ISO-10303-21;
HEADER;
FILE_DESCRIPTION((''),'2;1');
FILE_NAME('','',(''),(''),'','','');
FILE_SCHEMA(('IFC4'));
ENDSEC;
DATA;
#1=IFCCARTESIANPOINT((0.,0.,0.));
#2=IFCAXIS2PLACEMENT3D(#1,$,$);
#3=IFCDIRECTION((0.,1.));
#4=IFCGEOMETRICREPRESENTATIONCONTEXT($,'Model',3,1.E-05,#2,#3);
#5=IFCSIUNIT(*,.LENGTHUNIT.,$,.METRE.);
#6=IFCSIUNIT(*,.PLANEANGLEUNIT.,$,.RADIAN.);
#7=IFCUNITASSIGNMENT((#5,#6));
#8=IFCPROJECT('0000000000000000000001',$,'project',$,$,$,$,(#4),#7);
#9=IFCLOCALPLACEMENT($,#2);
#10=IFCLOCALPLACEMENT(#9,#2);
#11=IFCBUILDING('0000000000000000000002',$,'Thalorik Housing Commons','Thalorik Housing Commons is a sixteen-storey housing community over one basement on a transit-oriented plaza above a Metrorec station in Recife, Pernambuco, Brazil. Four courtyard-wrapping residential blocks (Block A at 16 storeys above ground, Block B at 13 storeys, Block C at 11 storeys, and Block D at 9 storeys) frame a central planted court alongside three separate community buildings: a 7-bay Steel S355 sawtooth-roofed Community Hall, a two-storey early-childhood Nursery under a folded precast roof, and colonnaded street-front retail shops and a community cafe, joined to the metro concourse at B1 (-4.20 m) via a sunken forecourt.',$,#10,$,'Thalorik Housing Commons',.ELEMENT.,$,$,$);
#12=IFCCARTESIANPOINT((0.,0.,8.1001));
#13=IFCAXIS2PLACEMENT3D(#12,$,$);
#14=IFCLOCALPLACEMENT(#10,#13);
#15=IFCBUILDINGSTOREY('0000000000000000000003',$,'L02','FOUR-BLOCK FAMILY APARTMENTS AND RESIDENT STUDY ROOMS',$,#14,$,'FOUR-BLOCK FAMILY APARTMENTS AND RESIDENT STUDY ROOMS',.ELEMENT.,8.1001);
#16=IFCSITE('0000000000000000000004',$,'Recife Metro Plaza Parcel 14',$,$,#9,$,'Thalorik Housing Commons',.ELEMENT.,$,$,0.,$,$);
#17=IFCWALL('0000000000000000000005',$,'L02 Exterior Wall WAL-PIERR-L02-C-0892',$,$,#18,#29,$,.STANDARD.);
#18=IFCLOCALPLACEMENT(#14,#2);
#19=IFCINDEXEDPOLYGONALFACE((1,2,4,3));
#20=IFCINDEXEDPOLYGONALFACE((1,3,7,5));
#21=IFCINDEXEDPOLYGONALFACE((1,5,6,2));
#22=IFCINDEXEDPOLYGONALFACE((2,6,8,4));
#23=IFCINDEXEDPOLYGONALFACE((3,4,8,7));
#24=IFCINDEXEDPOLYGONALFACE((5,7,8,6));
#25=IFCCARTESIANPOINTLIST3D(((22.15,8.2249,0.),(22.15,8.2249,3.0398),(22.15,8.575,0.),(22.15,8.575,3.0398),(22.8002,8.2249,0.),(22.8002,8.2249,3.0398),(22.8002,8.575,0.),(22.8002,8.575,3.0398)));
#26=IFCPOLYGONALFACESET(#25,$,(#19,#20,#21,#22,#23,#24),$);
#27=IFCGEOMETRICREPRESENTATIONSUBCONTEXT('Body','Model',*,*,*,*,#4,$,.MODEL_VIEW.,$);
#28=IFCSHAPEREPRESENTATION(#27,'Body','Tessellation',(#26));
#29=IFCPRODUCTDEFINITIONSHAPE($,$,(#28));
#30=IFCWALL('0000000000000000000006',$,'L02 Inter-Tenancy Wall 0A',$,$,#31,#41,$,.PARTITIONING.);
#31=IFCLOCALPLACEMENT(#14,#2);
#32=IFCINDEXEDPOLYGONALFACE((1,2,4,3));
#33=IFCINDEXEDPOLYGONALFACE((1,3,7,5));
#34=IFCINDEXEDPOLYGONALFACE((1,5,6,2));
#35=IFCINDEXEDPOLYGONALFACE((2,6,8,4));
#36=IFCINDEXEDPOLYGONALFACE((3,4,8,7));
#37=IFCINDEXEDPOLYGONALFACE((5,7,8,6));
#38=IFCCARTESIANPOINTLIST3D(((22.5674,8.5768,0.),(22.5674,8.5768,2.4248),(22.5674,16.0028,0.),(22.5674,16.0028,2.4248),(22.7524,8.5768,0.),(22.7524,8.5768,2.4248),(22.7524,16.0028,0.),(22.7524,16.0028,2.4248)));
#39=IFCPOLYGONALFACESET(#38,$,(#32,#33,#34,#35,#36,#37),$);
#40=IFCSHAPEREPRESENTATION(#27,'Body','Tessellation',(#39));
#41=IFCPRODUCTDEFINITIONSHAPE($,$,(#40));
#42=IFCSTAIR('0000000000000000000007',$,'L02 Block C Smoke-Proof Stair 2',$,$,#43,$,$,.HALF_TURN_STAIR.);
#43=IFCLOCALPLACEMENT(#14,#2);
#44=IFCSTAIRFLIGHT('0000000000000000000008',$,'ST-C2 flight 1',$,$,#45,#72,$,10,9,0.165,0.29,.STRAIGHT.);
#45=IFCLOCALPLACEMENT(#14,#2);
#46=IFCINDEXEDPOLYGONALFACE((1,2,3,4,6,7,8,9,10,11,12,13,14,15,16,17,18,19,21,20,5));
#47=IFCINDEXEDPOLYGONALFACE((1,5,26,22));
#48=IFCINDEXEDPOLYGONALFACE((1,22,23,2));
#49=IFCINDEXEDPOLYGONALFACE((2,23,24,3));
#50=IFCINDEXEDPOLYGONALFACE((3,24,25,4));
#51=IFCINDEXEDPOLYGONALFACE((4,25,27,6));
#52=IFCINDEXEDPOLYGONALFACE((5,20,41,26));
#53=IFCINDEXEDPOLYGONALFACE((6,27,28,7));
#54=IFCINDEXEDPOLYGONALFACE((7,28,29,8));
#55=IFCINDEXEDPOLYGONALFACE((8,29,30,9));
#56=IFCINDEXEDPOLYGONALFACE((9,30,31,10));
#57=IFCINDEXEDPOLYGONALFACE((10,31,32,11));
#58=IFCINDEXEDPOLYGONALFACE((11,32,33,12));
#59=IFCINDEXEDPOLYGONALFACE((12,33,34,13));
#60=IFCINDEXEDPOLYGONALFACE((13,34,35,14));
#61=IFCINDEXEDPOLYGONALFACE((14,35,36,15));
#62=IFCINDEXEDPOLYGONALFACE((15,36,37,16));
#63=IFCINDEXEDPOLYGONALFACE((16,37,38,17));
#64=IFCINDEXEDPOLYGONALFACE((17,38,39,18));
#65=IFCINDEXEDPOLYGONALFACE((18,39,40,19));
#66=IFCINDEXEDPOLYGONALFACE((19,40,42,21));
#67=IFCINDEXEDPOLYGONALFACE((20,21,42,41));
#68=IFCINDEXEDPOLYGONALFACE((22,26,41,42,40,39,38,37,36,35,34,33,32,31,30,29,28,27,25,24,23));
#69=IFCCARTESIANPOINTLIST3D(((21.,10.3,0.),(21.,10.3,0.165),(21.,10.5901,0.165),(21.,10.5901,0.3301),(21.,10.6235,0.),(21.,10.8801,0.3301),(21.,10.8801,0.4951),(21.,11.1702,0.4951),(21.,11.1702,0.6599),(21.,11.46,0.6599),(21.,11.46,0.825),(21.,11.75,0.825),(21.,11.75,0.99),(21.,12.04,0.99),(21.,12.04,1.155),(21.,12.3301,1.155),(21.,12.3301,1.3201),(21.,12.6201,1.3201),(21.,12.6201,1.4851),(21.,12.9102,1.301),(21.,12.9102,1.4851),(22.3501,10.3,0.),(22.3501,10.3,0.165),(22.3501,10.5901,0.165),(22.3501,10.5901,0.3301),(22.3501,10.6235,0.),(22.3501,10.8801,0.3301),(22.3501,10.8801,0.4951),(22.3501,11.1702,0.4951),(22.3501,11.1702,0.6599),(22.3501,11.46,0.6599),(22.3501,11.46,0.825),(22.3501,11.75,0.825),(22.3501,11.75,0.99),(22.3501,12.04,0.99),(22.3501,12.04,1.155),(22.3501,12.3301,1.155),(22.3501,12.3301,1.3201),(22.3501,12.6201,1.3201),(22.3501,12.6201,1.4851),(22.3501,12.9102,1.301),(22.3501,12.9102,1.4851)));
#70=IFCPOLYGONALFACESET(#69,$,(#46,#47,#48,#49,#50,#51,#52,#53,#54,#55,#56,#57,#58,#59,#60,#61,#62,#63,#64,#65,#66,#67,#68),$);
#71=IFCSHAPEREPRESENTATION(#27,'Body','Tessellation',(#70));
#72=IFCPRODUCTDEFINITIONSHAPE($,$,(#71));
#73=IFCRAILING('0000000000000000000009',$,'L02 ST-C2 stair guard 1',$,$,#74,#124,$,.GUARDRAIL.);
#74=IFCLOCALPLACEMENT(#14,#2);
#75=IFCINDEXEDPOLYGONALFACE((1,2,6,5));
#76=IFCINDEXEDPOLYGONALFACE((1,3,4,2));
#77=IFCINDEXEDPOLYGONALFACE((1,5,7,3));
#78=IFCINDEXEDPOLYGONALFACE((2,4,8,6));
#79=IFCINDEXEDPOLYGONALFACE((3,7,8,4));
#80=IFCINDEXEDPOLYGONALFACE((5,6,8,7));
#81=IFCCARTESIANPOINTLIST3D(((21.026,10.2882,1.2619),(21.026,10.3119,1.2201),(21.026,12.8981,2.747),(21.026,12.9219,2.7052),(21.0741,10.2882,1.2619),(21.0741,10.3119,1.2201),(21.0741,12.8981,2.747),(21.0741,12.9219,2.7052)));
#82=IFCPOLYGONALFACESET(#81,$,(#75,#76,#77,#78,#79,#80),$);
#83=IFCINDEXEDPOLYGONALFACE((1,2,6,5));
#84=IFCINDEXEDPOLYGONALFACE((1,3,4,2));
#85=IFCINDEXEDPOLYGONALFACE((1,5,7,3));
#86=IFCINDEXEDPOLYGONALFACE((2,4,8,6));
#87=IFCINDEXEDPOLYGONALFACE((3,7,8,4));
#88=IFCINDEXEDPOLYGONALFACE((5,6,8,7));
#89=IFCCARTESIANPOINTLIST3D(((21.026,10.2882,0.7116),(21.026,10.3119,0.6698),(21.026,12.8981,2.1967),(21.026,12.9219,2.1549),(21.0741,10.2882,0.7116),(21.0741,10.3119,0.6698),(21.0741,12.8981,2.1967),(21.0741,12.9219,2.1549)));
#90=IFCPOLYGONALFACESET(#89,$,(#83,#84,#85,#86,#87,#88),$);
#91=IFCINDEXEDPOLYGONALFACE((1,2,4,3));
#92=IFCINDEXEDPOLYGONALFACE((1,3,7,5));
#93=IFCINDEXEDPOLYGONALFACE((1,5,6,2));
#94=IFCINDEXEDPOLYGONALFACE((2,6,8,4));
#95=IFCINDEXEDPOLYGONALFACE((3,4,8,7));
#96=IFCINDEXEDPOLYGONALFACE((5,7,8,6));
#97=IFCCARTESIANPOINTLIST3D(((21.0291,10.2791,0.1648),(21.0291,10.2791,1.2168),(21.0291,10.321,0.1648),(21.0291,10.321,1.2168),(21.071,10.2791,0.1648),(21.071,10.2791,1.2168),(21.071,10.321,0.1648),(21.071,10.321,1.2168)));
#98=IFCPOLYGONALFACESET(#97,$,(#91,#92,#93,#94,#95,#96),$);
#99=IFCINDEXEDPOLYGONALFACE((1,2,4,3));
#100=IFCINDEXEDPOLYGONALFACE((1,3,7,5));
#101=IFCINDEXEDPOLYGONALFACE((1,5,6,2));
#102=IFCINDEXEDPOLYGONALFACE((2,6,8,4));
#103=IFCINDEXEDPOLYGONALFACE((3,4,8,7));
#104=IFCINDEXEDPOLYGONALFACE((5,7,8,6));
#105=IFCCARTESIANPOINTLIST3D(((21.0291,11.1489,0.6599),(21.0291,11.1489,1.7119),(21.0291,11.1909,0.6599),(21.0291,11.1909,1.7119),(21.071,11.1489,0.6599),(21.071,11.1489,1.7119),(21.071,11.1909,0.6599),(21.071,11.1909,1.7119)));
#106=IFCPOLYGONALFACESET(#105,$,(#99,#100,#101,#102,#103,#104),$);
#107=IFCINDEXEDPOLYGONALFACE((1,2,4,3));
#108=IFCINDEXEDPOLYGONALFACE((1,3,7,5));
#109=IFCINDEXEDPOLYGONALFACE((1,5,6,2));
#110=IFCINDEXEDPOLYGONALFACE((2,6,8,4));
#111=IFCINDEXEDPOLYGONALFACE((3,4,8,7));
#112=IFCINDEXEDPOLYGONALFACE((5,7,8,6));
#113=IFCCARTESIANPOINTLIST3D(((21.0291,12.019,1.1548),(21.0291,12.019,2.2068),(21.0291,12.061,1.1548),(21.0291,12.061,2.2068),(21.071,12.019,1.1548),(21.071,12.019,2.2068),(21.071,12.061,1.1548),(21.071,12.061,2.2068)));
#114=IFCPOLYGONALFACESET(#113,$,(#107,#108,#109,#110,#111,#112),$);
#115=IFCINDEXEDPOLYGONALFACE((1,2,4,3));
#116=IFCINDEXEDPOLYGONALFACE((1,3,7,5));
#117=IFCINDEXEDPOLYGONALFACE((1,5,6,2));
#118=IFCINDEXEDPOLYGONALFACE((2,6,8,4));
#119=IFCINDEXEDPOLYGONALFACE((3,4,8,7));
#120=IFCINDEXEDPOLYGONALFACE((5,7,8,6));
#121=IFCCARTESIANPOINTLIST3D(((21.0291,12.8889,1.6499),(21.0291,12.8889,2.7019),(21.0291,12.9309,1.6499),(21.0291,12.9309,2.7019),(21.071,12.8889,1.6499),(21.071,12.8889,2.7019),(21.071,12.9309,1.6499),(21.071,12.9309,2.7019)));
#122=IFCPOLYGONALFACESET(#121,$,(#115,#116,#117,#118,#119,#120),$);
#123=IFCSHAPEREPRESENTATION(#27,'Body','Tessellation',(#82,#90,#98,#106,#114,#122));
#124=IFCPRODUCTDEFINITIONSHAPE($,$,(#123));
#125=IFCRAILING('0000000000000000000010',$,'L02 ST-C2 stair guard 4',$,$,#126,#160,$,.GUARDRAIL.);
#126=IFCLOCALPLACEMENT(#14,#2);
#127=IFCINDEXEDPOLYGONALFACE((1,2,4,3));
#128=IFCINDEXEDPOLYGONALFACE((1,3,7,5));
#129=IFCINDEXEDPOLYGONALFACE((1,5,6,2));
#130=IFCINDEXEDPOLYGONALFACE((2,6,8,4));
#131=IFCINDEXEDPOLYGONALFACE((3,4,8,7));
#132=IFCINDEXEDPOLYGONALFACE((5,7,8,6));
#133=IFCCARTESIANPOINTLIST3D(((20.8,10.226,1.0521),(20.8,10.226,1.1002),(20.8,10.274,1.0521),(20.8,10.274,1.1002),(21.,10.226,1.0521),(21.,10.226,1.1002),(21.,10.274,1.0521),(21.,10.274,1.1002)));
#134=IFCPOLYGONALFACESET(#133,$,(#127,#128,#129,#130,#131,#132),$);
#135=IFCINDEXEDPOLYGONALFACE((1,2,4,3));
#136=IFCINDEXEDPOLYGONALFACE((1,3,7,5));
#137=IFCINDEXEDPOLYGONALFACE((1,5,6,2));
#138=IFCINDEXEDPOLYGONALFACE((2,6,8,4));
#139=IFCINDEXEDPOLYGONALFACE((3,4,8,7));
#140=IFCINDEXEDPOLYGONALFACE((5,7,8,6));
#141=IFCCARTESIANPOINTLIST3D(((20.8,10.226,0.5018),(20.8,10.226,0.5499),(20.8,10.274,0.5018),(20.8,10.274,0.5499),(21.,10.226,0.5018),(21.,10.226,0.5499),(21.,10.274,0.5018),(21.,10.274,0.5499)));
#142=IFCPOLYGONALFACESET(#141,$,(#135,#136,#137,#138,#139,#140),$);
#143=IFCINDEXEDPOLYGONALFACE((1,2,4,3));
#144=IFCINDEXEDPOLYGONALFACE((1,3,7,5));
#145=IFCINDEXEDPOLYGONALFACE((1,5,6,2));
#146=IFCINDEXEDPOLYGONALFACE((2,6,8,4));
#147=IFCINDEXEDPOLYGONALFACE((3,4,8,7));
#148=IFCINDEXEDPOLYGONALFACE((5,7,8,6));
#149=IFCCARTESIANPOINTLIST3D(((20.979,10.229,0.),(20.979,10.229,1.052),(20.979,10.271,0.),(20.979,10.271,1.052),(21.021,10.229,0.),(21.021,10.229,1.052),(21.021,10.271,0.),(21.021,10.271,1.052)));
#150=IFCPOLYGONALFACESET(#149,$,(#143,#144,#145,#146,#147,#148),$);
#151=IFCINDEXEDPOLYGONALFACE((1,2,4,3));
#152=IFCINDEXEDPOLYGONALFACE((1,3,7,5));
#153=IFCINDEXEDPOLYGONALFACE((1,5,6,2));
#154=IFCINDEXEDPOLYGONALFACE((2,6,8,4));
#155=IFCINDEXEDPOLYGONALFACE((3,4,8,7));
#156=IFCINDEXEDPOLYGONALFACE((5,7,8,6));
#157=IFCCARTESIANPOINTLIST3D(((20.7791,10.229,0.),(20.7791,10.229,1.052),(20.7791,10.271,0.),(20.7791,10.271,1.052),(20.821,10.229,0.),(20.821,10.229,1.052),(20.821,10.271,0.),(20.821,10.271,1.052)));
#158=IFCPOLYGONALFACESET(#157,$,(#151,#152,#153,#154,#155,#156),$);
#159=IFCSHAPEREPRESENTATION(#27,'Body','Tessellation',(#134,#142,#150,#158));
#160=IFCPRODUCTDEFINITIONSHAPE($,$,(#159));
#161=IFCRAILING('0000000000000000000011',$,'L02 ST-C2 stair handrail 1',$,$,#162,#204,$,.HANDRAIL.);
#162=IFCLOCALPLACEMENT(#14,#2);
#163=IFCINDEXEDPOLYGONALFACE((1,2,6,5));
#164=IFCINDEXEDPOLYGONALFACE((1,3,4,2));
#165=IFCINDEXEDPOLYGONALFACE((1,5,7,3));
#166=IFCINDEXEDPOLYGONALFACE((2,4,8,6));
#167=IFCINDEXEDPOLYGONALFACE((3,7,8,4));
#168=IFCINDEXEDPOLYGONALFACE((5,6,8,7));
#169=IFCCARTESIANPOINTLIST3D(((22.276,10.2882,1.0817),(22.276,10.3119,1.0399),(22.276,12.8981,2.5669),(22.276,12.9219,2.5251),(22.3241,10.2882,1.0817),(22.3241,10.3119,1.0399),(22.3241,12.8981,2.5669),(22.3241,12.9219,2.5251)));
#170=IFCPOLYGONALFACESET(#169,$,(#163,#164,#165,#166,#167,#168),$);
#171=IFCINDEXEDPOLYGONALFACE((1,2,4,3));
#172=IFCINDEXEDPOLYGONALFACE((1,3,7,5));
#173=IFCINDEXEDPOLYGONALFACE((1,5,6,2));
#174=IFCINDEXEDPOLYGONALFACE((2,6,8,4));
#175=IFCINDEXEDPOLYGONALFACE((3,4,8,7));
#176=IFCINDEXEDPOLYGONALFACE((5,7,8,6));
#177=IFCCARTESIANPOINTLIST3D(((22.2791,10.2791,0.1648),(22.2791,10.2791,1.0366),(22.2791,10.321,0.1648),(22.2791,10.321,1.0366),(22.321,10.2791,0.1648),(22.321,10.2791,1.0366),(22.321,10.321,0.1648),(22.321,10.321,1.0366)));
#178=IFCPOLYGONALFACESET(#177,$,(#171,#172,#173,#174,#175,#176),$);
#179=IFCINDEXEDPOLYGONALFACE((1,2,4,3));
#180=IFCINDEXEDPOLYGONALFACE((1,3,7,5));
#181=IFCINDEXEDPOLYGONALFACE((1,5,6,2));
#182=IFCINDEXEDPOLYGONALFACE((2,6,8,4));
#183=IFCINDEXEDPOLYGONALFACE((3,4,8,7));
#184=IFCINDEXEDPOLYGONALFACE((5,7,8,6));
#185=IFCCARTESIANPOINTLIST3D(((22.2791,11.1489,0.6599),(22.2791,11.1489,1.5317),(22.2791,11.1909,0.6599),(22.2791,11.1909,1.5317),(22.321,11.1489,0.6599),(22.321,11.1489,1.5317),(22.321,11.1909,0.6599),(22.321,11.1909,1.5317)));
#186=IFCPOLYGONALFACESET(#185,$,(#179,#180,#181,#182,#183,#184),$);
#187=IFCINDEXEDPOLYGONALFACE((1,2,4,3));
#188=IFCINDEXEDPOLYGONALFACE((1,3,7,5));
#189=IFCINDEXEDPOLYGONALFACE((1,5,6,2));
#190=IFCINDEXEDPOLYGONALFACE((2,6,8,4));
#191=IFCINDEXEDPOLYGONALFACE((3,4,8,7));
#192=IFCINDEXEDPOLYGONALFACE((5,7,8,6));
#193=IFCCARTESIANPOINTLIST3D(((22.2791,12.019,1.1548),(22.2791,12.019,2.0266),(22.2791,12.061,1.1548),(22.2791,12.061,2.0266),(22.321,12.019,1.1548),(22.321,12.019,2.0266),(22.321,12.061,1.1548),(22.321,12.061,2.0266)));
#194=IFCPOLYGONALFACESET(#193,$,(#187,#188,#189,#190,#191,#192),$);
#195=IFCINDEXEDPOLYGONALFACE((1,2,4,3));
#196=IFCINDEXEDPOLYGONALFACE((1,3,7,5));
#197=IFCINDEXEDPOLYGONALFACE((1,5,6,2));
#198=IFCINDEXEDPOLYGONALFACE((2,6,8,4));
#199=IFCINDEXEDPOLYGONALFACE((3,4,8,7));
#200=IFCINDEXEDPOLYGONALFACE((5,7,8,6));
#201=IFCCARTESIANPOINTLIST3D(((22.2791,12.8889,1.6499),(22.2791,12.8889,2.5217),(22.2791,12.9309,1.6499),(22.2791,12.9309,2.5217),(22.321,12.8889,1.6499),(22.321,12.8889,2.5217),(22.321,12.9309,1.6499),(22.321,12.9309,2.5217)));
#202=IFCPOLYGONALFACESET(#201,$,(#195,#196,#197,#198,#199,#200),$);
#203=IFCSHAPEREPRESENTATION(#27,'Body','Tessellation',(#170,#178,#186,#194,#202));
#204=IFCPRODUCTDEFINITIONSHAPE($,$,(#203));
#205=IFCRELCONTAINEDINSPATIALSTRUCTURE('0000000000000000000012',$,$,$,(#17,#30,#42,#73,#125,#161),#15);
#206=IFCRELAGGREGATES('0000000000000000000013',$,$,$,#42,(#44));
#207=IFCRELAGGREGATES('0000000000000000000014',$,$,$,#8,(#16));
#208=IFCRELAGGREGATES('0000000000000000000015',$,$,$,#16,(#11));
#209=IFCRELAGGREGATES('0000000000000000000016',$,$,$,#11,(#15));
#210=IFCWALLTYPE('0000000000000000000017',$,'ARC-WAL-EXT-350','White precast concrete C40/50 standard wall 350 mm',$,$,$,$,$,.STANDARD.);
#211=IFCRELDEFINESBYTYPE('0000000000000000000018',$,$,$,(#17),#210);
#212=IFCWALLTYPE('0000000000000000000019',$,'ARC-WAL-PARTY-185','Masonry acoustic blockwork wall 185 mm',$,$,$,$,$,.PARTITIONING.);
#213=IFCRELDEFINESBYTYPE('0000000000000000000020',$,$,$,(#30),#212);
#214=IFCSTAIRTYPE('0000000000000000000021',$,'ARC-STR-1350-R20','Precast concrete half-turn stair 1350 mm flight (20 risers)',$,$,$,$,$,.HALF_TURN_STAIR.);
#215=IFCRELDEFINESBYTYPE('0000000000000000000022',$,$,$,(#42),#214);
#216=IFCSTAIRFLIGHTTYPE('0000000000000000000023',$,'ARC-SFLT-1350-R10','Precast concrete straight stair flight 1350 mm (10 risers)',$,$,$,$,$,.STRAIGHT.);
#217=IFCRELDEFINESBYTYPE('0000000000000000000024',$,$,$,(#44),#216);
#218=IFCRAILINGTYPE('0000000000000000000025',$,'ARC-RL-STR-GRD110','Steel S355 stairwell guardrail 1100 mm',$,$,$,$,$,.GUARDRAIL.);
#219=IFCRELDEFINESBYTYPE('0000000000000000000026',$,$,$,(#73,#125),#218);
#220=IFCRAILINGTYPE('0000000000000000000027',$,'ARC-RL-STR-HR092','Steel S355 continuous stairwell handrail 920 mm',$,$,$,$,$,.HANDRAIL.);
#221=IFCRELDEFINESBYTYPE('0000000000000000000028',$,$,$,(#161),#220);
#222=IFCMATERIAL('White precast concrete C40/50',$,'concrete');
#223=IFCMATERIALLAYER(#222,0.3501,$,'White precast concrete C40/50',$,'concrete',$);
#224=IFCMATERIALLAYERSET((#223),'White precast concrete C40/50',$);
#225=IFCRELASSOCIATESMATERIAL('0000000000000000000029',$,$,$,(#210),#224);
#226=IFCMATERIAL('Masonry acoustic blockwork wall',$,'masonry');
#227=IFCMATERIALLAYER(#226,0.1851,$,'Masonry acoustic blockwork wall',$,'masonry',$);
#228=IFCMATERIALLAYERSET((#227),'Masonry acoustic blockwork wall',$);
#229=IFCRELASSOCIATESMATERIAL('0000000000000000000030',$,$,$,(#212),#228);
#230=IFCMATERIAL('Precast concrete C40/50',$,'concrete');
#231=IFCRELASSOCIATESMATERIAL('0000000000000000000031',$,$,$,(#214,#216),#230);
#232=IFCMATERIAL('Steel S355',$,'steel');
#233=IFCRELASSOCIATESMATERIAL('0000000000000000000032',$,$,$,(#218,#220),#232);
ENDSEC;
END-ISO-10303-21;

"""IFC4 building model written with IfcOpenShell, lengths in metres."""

from ifc_helpers import new_model, si_unit, direction, frame, frame_2d, origin, origin_2d, place, context, subcontext, project, spatial, polyline, rectangle, outline, extrude, material, layer, layer_set, type_object, element, aggregate, save


model = new_model("IFC4")

# Units and contexts
model_context = context("Model", 3, precision=1e-05, world=origin(), true_north=direction((0.0, 1.0)))
body_context = subcontext(model_context, "Body", "Model", "MODEL_VIEW")
ifc_project = project(units=[si_unit("LENGTHUNIT", "METRE"), si_unit("PLANEANGLEUNIT", "RADIAN")], contexts=[model_context])

# Site, building, storey
site_placement = place(None, origin())
site = spatial("IfcSite", under=ifc_project, at=site_placement, Name="Recife Metro Plaza Parcel 14", LongName="Thalorik Housing Commons", CompositionType="ELEMENT", RefElevation=0.0)
building_placement = place(site_placement, origin())
building = spatial("IfcBuilding", under=site, at=building_placement, Name="Thalorik Housing Commons", Description="Thalorik Housing Commons is a sixteen-storey housing community over one basement on a transit-oriented plaza above a Metrorec station in Recife, Pernambuco, Brazil. Four courtyard-wrapping residential blocks (Block A at 16 storeys above ground, Block B at 13 storeys, Block C at 11 storeys, and Block D at 9 storeys) frame a central planted court alongside three separate community buildings: a 7-bay Steel S355 sawtooth-roofed Community Hall, a two-storey early-childhood Nursery under a folded precast roof, and colonnaded street-front retail shops and a community cafe, joined to the metro concourse at B1 (-4.20 m) via a sunken forecourt.", LongName="Thalorik Housing Commons", CompositionType="ELEMENT")
storey_placement = place(building_placement, frame((0.0, 0.0, 8.1001)))
storey = spatial("IfcBuildingStorey", under=building, at=storey_placement, Name="L02", Description="FOUR-BLOCK FAMILY APARTMENTS AND RESIDENT STUDY ROOMS", LongName="FOUR-BLOCK FAMILY APARTMENTS AND RESIDENT STUDY ROOMS", CompositionType="ELEMENT", Elevation=8.1001)

# Shared definitions
ifc_material_1 = material(Name="Precast concrete C40/50", Category="concrete")

# Shared definitions
ifc_material_2 = material(Name="Steel S355", Category="steel")

# Wall
ifc_material_3 = material(Name="White precast concrete C40/50", Category="concrete")
ifc_layer_1 = layer(ifc_material_3, 0.3501, Name="White precast concrete C40/50", Category="concrete")
ifc_layer_set_1 = layer_set([ifc_layer_1], Name="White precast concrete C40/50")
wall_type_1 = type_object("IfcWallType", Name="ARC-WAL-EXT-350", Description="White precast concrete C40/50 standard wall 350 mm", PredefinedType="STANDARD", material=ifc_layer_set_1)
wall_1_placement = place(storey_placement, frame((22.1499, 8.3999, 0.0), z_axis=(0.0, 0.0, 1.0), x_axis=(1.0, 0.0, 0.0)))
element("IfcWall", 1, at=wall_1_placement, inside=storey, type_object=wall_type_1, Name="L02 Exterior Wall WAL-PIERR-L02-C-0892", PredefinedType="STANDARD", context=body_context, shape_type="SweptSolid", body=[
    extrude(rectangle(XDim=0.6501, YDim=0.3501, at=frame_2d((0.3252, 0.0))), origin(), (0.0, 0.0, 1.0), 3.0398),
])

# Wall
ifc_material_4 = material(Name="Masonry acoustic blockwork wall", Category="masonry")
ifc_layer_2 = layer(ifc_material_4, 0.1851, Name="Masonry acoustic blockwork wall", Category="masonry")
ifc_layer_set_2 = layer_set([ifc_layer_2], Name="Masonry acoustic blockwork wall")
wall_type_2 = type_object("IfcWallType", Name="ARC-WAL-PARTY-185", Description="Masonry acoustic blockwork wall 185 mm", PredefinedType="PARTITIONING", material=ifc_layer_set_2)
wall_2_placement = place(storey_placement, frame((22.6599, 8.5769, 0.0), z_axis=(0.0, 0.0, 1.0), x_axis=(0.0, 1.0, 0.0)))
element("IfcWall", 2, at=wall_2_placement, inside=storey, type_object=wall_type_2, Name="L02 Inter-Tenancy Wall 0A", PredefinedType="PARTITIONING", context=body_context, shape_type="SweptSolid", body=[
    extrude(rectangle(XDim=7.426, YDim=0.1851, at=frame_2d((3.7129, 0.0))), origin(), (0.0, 0.0, 1.0), 2.4248),
])

# Stair, stair flight
stair_type = type_object("IfcStairType", Name="ARC-STR-1350-R20", Description="Precast concrete half-turn stair 1350 mm flight (20 risers)", PredefinedType="HALF_TURN_STAIR", material=ifc_material_1)
stair_placement = place(storey_placement, origin())
stair = element("IfcStair", 3, at=stair_placement, inside=storey, type_object=stair_type, Name="L02 Block C Smoke-Proof Stair 2", PredefinedType="HALF_TURN_STAIR")
stair_flight_type = type_object("IfcStairFlightType", Name="ARC-SFLT-1350-R10", Description="Precast concrete straight stair flight 1350 mm (10 risers)", PredefinedType="STRAIGHT", material=ifc_material_1)
stair_flight_placement = place(storey_placement, frame((21.675, 10.3, 0.0), z_axis=(0.0, 0.0, 1.0), x_axis=(0.0, 1.0, 0.0)))
stair_flight = element("IfcStairFlight", 4, at=stair_flight_placement, type_object=stair_flight_type, Name="ST-C2 flight 1", NumberOfRisers=10, NumberOfTreads=9, PredefinedType="STRAIGHT", RiserHeight=0.165, TreadLength=0.29, context=body_context, shape_type="SweptSolid", body=[
    extrude(outline(polyline([(0.0, 0.0), (0.0, 0.165), (0.29, 0.165), (0.29, 0.3301), (0.5801, 0.3301), (0.5801, 0.4951), (0.8701, 0.4951), (0.8701, 0.6599), (1.1599, 0.6599), (1.1599, 0.825), (1.45, 0.825), (1.45, 0.99), (1.74, 0.99), (1.74, 1.155), (2.03, 1.155), (2.03, 1.3201), (2.3201, 1.3201), (2.3201, 1.4851), (2.6101, 1.4851), (2.6101, 1.6499), (2.6101, 1.301), (0.3235, 0.0), (0.0, 0.0)])), frame((0.0, 0.675, 0.0), z_axis=(0.0, -1.0, 0.0), x_axis=(1.0, 0.0, 0.0)), (0.0, 0.0, 1.0), 1.3501),
])
aggregate(stair, [stair_flight])

# Railings
railing_type_1 = type_object("IfcRailingType", Name="ARC-RL-STR-GRD110", Description="Steel S355 stairwell guardrail 1100 mm", PredefinedType="GUARDRAIL", material=ifc_material_2)
railing_1_placement = place(storey_placement, frame((21.05, 10.3, 0.1648)))
element("IfcRailing", 5, at=railing_1_placement, inside=storey, type_object=railing_type_1, Name="L02 ST-C2 stair guard 1", PredefinedType="GUARDRAIL", context=body_context, shape_type="SweptSolid", body=[
    extrude(rectangle(XDim=0.0481, YDim=0.0481, at=origin_2d()), frame((0.0, 0.0, 1.0762), z_axis=(0.0, 0.869137, 0.494571), x_axis=(-1.0, 0.0, 0.0)), (0.0, 0.0, 1.0), 3.0029),
    extrude(rectangle(XDim=0.0481, YDim=0.0481, at=origin_2d()), frame((0.0, 0.0, 0.5259), z_axis=(0.0, 0.869137, 0.494571), x_axis=(-1.0, 0.0, 0.0)), (0.0, 0.0, 1.0), 3.0029),
    extrude(rectangle(XDim=0.042, YDim=0.042, at=origin_2d()), origin(), (0.0, 0.0, 1.0), 1.052),
    extrude(rectangle(XDim=0.042, YDim=0.042, at=origin_2d()), frame((0.0, 0.8699, 0.4951)), (0.0, 0.0, 1.0), 1.052),
    extrude(rectangle(XDim=0.042, YDim=0.042, at=origin_2d()), frame((0.0, 1.74, 0.99)), (0.0, 0.0, 1.0), 1.052),
    extrude(rectangle(XDim=0.042, YDim=0.042, at=origin_2d()), frame((0.0, 2.6099, 1.4851)), (0.0, 0.0, 1.0), 1.052),
])
railing_2_placement = place(storey_placement, frame((21.0, 10.25, 0.0)))
element("IfcRailing", 6, at=railing_2_placement, inside=storey, type_object=railing_type_1, Name="L02 ST-C2 stair guard 4", PredefinedType="GUARDRAIL", context=body_context, shape_type="SweptSolid", body=[
    extrude(rectangle(XDim=0.0481, YDim=0.0481, at=origin_2d()), frame((0.0, 0.0, 1.0762), z_axis=(-1.0, 0.0, 0.0), x_axis=(0.0, -1.0, 0.0)), (0.0, 0.0, 1.0), 0.2),
    extrude(rectangle(XDim=0.0481, YDim=0.0481, at=origin_2d()), frame((0.0, 0.0, 0.5259), z_axis=(-1.0, 0.0, 0.0), x_axis=(0.0, -1.0, 0.0)), (0.0, 0.0, 1.0), 0.2),
    extrude(rectangle(XDim=0.042, YDim=0.042, at=origin_2d()), origin(), (0.0, 0.0, 1.0), 1.052),
    extrude(rectangle(XDim=0.042, YDim=0.042, at=origin_2d()), frame((-0.2, 0.0, 0.0)), (0.0, 0.0, 1.0), 1.052),
])
railing_type_2 = type_object("IfcRailingType", Name="ARC-RL-STR-HR092", Description="Steel S355 continuous stairwell handrail 920 mm", PredefinedType="HANDRAIL", material=ifc_material_2)
railing_3_placement = place(storey_placement, frame((22.3, 10.3, 0.1648)))
element("IfcRailing", 7, at=railing_3_placement, inside=storey, type_object=railing_type_2, Name="L02 ST-C2 stair handrail 1", PredefinedType="HANDRAIL", context=body_context, shape_type="SweptSolid", body=[
    extrude(rectangle(XDim=0.0481, YDim=0.0481, at=origin_2d()), frame((0.0, 0.0, 0.896), z_axis=(0.0, 0.869137, 0.494571), x_axis=(-1.0, 0.0, 0.0)), (0.0, 0.0, 1.0), 3.0029),
    extrude(rectangle(XDim=0.042, YDim=0.042, at=origin_2d()), origin(), (0.0, 0.0, 1.0), 0.8718),
    extrude(rectangle(XDim=0.042, YDim=0.042, at=origin_2d()), frame((0.0, 0.8699, 0.4951)), (0.0, 0.0, 1.0), 0.8718),
    extrude(rectangle(XDim=0.042, YDim=0.042, at=origin_2d()), frame((0.0, 1.74, 0.99)), (0.0, 0.0, 1.0), 0.8718),
    extrude(rectangle(XDim=0.042, YDim=0.042, at=origin_2d()), frame((0.0, 2.6099, 1.4851)), (0.0, 0.0, 1.0), 0.8718),
])

save(model, "model.ifc")
